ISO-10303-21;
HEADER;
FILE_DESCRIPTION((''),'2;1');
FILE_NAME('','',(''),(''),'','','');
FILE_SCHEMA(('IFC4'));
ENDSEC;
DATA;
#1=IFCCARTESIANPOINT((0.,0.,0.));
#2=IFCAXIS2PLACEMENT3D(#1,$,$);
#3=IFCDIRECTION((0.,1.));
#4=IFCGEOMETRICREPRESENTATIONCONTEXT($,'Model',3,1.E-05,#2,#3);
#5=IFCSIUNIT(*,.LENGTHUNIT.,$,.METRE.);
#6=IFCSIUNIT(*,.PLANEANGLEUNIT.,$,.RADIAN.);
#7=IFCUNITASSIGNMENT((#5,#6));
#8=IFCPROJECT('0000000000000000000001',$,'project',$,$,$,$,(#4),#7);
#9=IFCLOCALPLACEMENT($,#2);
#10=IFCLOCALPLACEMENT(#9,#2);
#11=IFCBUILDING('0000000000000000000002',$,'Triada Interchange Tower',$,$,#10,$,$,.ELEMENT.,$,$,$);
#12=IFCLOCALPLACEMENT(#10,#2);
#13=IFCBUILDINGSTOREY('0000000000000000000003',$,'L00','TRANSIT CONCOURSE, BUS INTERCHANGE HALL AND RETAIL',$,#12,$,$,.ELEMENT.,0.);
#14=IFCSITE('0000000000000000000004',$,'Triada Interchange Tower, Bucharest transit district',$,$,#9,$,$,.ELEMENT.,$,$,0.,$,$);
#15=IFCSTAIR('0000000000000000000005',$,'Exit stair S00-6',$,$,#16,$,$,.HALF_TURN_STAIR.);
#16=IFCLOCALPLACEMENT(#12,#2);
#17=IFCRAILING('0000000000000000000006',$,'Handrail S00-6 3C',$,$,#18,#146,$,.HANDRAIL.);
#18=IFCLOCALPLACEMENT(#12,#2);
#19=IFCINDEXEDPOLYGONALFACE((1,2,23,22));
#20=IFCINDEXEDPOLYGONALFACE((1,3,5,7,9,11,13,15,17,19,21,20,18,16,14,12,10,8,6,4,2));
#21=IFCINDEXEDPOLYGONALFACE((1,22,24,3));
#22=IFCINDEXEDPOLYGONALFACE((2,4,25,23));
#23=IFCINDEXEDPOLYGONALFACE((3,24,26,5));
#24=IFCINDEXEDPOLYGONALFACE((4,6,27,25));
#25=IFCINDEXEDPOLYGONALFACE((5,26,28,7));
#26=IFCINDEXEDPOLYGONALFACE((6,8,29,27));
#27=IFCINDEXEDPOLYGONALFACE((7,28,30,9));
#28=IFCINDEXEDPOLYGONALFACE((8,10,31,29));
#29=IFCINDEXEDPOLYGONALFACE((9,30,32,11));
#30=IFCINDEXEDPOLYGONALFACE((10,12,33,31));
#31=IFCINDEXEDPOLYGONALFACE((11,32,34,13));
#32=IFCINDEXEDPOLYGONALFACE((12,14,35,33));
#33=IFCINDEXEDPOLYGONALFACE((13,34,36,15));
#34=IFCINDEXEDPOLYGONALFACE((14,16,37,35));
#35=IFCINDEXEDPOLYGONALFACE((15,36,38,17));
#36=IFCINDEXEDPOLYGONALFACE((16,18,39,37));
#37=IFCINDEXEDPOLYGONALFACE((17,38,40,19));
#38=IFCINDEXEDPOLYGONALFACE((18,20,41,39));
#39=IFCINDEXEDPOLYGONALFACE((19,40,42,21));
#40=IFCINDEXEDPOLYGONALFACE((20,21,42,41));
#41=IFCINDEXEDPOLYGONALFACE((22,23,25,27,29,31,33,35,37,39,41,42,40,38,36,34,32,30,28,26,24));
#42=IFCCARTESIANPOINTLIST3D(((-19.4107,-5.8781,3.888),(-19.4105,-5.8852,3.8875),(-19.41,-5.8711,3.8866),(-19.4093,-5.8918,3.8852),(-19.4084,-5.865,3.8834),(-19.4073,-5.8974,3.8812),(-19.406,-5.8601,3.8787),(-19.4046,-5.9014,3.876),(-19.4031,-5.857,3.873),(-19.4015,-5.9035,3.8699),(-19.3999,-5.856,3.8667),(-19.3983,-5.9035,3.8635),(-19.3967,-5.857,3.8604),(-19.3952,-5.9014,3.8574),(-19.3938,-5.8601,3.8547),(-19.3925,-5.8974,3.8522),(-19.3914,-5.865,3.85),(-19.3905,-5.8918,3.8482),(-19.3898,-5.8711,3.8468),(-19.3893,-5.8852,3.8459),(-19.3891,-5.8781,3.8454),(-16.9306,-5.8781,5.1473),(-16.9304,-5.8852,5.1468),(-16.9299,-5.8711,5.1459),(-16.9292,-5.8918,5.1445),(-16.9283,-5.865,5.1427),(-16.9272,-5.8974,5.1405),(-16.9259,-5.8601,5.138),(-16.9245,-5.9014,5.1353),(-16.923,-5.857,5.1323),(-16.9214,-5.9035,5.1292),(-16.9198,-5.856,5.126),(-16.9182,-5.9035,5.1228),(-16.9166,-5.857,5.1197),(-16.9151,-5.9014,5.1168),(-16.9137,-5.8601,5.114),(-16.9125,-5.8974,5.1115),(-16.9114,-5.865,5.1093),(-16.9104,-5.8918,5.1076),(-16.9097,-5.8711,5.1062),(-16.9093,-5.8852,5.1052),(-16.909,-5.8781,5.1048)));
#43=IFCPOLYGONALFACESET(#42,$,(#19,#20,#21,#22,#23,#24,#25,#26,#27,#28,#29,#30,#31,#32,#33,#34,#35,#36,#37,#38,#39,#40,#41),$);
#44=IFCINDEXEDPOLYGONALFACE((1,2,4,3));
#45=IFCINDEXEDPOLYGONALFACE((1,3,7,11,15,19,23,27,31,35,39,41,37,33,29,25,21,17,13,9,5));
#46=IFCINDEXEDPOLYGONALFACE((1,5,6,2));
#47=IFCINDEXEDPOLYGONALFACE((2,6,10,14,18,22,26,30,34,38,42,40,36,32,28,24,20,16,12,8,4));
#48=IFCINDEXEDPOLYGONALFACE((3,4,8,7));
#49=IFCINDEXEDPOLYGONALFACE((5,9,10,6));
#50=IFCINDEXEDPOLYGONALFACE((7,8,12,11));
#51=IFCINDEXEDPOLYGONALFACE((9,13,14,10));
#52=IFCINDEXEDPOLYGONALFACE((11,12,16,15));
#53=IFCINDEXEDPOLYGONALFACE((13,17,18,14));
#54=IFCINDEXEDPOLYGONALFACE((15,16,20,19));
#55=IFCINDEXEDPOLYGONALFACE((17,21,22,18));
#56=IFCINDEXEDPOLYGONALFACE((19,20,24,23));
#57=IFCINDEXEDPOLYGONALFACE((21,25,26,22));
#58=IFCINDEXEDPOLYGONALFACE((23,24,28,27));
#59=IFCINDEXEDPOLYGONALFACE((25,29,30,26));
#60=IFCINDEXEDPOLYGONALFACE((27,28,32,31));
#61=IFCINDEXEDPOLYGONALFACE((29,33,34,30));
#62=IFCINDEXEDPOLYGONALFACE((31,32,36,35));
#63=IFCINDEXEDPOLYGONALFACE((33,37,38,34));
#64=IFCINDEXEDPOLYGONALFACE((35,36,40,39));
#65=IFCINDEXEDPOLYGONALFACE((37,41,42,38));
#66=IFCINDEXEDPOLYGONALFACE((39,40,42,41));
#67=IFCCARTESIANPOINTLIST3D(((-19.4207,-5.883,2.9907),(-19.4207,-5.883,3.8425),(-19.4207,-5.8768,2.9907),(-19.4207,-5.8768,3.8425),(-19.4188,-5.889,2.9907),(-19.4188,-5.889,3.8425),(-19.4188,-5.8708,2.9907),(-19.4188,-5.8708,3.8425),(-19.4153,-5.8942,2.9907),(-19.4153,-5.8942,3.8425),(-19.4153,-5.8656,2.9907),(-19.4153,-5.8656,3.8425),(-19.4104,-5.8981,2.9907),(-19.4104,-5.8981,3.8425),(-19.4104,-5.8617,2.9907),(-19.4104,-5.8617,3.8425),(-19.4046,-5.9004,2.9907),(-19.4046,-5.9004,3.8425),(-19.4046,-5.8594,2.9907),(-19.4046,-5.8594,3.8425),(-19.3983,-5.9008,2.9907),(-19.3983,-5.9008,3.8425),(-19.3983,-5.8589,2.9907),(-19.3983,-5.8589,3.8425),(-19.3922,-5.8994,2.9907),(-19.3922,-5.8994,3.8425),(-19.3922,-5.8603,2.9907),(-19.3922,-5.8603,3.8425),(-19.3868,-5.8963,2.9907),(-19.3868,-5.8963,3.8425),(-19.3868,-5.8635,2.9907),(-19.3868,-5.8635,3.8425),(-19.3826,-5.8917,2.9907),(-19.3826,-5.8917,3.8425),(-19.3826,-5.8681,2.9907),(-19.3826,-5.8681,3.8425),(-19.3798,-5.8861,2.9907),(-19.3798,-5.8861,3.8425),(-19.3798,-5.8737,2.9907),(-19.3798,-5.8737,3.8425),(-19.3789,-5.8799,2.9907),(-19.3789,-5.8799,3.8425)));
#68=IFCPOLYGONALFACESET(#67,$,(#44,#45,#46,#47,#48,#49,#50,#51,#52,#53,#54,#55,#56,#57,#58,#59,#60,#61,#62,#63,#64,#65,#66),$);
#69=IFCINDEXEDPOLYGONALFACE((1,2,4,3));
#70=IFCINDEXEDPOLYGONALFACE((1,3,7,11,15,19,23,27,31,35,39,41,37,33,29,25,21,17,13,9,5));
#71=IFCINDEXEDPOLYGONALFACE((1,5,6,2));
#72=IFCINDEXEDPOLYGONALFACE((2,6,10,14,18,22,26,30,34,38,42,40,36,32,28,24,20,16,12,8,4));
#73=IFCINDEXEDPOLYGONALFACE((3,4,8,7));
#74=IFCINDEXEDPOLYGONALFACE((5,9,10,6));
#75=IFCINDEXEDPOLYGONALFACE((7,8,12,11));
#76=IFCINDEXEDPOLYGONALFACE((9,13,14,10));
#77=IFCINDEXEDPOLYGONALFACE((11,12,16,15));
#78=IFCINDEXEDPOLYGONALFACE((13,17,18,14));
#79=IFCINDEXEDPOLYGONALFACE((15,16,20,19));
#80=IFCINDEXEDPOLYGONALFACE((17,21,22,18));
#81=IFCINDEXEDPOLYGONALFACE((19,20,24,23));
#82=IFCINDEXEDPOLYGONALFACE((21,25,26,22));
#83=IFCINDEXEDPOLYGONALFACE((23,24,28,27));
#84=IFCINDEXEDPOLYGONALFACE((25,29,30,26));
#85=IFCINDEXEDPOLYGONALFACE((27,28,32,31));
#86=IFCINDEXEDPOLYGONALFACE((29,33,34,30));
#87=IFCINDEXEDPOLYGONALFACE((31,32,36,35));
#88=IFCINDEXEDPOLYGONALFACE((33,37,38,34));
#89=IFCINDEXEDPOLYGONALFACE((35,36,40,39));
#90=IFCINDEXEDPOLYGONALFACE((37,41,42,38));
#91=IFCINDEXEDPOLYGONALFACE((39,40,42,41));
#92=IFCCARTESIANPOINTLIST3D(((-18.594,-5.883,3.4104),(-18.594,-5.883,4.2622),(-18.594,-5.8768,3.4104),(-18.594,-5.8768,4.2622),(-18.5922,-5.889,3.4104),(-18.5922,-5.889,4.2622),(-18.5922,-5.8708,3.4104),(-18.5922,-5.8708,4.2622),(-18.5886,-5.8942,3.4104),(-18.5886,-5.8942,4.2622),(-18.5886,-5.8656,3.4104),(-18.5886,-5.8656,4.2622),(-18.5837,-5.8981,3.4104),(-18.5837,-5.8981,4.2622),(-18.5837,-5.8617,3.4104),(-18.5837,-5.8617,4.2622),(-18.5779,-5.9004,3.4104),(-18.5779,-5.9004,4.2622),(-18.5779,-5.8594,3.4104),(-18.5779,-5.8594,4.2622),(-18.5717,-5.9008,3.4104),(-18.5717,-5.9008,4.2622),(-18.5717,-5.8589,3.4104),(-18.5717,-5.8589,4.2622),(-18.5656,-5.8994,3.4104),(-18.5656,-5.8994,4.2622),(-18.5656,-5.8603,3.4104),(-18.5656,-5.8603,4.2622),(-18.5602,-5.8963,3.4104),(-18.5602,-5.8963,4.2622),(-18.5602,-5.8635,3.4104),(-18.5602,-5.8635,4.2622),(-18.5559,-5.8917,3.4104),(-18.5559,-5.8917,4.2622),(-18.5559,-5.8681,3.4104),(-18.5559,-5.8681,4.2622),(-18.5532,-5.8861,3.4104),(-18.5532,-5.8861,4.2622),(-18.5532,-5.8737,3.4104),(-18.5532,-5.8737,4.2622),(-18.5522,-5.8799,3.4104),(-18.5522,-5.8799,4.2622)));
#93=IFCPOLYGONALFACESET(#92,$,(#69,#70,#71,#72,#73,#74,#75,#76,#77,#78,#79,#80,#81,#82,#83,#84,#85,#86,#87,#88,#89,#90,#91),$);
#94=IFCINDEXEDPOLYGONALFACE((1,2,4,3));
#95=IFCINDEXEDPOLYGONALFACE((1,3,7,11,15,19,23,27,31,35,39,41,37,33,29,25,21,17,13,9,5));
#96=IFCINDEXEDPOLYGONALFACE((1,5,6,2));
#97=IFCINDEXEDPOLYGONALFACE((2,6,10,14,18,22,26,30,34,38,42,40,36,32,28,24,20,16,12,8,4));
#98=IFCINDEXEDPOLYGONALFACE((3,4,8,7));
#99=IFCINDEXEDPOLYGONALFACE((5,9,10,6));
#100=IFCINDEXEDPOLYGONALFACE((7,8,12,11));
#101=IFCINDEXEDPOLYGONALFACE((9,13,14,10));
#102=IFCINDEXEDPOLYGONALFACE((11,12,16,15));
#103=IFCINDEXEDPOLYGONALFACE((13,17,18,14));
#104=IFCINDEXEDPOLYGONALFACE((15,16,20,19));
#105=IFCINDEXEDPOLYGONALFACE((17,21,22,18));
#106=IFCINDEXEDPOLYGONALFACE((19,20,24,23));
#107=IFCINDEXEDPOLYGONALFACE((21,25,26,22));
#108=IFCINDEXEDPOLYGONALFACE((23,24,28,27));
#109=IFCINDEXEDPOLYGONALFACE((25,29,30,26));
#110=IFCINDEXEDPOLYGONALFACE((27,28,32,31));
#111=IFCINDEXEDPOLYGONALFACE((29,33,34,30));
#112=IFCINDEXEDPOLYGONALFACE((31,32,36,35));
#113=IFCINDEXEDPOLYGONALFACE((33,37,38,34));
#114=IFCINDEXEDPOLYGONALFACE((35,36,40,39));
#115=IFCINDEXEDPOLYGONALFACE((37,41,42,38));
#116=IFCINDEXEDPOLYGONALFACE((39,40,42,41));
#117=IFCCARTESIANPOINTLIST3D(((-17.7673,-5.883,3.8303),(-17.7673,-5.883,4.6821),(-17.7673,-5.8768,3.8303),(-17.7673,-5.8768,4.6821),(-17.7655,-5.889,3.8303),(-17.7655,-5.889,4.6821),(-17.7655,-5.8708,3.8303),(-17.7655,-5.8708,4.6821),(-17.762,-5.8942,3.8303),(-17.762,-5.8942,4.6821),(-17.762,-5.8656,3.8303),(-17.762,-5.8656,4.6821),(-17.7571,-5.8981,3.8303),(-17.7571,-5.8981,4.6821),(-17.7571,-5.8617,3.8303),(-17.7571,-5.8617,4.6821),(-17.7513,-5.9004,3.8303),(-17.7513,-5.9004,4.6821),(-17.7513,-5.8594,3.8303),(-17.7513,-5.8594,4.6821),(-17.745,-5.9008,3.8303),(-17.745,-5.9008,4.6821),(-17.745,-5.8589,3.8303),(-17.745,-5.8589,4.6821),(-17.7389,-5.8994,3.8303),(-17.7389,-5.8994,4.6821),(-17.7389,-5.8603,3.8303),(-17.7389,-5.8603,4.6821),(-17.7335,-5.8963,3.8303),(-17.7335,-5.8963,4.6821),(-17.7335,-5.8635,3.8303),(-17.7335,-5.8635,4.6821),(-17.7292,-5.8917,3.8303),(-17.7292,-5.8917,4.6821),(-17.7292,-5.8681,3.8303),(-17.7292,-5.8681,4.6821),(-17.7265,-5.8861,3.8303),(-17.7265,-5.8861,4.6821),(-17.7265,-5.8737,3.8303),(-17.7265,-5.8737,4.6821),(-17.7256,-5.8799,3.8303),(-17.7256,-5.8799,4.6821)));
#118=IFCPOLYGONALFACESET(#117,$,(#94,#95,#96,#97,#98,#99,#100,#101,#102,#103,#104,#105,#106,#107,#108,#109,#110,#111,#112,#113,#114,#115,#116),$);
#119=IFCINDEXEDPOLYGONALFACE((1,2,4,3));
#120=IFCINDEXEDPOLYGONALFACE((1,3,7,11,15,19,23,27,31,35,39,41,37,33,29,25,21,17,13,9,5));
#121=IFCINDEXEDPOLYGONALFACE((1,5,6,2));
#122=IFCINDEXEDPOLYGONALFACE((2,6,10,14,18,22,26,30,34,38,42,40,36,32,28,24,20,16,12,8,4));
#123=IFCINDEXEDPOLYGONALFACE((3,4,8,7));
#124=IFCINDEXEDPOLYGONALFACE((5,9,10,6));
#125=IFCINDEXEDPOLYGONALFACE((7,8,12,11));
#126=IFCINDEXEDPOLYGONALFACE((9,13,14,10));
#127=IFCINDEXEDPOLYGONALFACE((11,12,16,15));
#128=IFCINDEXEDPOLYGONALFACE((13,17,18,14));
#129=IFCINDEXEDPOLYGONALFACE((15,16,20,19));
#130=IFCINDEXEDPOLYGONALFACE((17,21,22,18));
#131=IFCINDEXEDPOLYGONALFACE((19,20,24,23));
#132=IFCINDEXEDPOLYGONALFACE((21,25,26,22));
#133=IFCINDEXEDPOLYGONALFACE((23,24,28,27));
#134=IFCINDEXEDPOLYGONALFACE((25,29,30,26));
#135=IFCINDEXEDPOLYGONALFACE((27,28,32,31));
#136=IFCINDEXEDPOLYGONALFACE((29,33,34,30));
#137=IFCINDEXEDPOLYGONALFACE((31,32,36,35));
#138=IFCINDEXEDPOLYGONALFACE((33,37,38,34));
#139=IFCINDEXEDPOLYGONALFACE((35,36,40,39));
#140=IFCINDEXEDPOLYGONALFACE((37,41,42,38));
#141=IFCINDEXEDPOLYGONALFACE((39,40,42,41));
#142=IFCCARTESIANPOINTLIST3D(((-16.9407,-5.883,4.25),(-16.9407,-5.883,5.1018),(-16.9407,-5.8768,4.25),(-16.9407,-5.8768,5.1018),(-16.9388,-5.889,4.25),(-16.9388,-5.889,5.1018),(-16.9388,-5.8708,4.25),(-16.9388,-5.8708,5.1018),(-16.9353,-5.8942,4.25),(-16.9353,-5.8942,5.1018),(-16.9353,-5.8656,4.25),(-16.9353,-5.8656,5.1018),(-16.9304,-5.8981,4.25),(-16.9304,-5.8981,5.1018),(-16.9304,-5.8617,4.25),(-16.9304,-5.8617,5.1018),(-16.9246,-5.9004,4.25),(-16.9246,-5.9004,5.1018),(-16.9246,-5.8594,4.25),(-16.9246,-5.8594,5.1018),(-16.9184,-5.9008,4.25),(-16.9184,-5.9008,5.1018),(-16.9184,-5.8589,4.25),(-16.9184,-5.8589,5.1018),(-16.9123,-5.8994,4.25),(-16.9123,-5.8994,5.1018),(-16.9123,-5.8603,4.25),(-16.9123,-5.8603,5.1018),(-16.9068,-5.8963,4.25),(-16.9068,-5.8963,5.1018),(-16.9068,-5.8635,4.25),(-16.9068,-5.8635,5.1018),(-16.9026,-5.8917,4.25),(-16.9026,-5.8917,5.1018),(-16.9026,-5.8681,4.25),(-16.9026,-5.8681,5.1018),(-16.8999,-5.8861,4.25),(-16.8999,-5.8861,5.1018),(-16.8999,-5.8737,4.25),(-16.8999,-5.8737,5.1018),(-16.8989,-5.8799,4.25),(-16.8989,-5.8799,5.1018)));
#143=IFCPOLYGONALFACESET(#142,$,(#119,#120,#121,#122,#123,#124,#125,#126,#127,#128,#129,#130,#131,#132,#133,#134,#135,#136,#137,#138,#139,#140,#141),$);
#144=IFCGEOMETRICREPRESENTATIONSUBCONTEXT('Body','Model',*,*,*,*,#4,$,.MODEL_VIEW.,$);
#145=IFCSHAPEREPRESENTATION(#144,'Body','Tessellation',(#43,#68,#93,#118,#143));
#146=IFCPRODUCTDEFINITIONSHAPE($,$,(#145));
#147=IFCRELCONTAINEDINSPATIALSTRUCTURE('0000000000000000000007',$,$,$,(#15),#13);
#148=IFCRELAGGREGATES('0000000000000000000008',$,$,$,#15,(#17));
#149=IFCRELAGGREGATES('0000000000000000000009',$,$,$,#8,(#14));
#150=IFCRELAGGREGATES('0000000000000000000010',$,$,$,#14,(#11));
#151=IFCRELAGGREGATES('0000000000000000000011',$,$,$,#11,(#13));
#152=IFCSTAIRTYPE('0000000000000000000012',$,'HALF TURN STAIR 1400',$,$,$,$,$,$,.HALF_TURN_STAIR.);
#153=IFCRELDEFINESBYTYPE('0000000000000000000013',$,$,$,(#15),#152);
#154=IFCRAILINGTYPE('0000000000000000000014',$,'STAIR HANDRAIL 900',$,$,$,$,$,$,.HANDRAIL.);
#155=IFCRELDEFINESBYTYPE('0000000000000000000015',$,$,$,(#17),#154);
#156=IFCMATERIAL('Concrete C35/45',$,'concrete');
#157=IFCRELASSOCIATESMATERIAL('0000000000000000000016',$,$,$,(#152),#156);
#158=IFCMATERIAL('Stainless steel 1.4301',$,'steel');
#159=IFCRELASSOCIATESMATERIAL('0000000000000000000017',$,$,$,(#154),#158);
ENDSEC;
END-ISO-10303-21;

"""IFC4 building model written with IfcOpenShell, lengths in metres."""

from ifc_helpers import new_model, si_unit, direction, frame, origin, origin_2d, place, context, subcontext, project, spatial, circle, extrude, material, type_object, element, aggregate, save


model = new_model("IFC4")

# Units and contexts
model_context = context("Model", 3, precision=1e-05, world=origin(), true_north=direction((0.0, 1.0)))
body_context = subcontext(model_context, "Body", "Model", "MODEL_VIEW")
ifc_project = project(units=[si_unit("LENGTHUNIT", "METRE"), si_unit("PLANEANGLEUNIT", "RADIAN")], contexts=[model_context])

# Site, building, storey
site_placement = place(None, origin())
site = spatial("IfcSite", under=ifc_project, at=site_placement, Name="Triada Interchange Tower, Bucharest transit district", CompositionType="ELEMENT", RefElevation=0.0)
building_placement = place(site_placement, origin())
building = spatial("IfcBuilding", under=site, at=building_placement, Name="Triada Interchange Tower", CompositionType="ELEMENT")
storey_placement = place(building_placement, origin())
storey = spatial("IfcBuildingStorey", under=building, at=storey_placement, Name="L00", Description="TRANSIT CONCOURSE, BUS INTERCHANGE HALL AND RETAIL", CompositionType="ELEMENT", Elevation=0.0)

# Shared definitions
ifc_material_1 = material(Name="Concrete C35/45", Category="concrete")

# Stair, railing
stair_type = type_object("IfcStairType", Name="HALF TURN STAIR 1400", PredefinedType="HALF_TURN_STAIR", material=ifc_material_1)
stair_placement = place(storey_placement, origin())
stair = element("IfcStair", 1, at=stair_placement, inside=storey, type_object=stair_type, Name="Exit stair S00-6", PredefinedType="HALF_TURN_STAIR")
ifc_material_2 = material(Name="Stainless steel 1.4301", Category="steel")
railing_type_1 = type_object("IfcRailingType", Name="STAIR HANDRAIL 900", PredefinedType="HANDRAIL", material=ifc_material_2)
railing_1_placement = place(storey_placement, frame((-19.3999, -5.8799, 2.9907)))
railing_1 = element("IfcRailing", 2, at=railing_1_placement, type_object=railing_type_1, Name="Handrail S00-6 3C", PredefinedType="HANDRAIL", context=body_context, shape_type="SweptSolid", body=[
    extrude(circle(Radius=0.0239, at=origin_2d()), frame((0.0, 0.0, 0.876), z_axis=(0.891636, 0.0, 0.452752), x_axis=(0.0, 1.0, 0.0)), (0.0, 0.0, 1.0), 2.7815),
    extrude(circle(Radius=0.021, at=origin_2d()), origin(), (0.0, 0.0, 1.0), 0.8518),
    extrude(circle(Radius=0.021, at=origin_2d()), frame((0.8267, 0.0, 0.4197)), (0.0, 0.0, 1.0), 0.8518),
    extrude(circle(Radius=0.021, at=origin_2d()), frame((1.6533, 0.0, 0.8396)), (0.0, 0.0, 1.0), 0.8518),
    extrude(circle(Radius=0.021, at=origin_2d()), frame((2.48, 0.0, 1.2593)), (0.0, 0.0, 1.0), 0.8518),
])
aggregate(stair, [railing_1])

save(model, "model.ifc")
